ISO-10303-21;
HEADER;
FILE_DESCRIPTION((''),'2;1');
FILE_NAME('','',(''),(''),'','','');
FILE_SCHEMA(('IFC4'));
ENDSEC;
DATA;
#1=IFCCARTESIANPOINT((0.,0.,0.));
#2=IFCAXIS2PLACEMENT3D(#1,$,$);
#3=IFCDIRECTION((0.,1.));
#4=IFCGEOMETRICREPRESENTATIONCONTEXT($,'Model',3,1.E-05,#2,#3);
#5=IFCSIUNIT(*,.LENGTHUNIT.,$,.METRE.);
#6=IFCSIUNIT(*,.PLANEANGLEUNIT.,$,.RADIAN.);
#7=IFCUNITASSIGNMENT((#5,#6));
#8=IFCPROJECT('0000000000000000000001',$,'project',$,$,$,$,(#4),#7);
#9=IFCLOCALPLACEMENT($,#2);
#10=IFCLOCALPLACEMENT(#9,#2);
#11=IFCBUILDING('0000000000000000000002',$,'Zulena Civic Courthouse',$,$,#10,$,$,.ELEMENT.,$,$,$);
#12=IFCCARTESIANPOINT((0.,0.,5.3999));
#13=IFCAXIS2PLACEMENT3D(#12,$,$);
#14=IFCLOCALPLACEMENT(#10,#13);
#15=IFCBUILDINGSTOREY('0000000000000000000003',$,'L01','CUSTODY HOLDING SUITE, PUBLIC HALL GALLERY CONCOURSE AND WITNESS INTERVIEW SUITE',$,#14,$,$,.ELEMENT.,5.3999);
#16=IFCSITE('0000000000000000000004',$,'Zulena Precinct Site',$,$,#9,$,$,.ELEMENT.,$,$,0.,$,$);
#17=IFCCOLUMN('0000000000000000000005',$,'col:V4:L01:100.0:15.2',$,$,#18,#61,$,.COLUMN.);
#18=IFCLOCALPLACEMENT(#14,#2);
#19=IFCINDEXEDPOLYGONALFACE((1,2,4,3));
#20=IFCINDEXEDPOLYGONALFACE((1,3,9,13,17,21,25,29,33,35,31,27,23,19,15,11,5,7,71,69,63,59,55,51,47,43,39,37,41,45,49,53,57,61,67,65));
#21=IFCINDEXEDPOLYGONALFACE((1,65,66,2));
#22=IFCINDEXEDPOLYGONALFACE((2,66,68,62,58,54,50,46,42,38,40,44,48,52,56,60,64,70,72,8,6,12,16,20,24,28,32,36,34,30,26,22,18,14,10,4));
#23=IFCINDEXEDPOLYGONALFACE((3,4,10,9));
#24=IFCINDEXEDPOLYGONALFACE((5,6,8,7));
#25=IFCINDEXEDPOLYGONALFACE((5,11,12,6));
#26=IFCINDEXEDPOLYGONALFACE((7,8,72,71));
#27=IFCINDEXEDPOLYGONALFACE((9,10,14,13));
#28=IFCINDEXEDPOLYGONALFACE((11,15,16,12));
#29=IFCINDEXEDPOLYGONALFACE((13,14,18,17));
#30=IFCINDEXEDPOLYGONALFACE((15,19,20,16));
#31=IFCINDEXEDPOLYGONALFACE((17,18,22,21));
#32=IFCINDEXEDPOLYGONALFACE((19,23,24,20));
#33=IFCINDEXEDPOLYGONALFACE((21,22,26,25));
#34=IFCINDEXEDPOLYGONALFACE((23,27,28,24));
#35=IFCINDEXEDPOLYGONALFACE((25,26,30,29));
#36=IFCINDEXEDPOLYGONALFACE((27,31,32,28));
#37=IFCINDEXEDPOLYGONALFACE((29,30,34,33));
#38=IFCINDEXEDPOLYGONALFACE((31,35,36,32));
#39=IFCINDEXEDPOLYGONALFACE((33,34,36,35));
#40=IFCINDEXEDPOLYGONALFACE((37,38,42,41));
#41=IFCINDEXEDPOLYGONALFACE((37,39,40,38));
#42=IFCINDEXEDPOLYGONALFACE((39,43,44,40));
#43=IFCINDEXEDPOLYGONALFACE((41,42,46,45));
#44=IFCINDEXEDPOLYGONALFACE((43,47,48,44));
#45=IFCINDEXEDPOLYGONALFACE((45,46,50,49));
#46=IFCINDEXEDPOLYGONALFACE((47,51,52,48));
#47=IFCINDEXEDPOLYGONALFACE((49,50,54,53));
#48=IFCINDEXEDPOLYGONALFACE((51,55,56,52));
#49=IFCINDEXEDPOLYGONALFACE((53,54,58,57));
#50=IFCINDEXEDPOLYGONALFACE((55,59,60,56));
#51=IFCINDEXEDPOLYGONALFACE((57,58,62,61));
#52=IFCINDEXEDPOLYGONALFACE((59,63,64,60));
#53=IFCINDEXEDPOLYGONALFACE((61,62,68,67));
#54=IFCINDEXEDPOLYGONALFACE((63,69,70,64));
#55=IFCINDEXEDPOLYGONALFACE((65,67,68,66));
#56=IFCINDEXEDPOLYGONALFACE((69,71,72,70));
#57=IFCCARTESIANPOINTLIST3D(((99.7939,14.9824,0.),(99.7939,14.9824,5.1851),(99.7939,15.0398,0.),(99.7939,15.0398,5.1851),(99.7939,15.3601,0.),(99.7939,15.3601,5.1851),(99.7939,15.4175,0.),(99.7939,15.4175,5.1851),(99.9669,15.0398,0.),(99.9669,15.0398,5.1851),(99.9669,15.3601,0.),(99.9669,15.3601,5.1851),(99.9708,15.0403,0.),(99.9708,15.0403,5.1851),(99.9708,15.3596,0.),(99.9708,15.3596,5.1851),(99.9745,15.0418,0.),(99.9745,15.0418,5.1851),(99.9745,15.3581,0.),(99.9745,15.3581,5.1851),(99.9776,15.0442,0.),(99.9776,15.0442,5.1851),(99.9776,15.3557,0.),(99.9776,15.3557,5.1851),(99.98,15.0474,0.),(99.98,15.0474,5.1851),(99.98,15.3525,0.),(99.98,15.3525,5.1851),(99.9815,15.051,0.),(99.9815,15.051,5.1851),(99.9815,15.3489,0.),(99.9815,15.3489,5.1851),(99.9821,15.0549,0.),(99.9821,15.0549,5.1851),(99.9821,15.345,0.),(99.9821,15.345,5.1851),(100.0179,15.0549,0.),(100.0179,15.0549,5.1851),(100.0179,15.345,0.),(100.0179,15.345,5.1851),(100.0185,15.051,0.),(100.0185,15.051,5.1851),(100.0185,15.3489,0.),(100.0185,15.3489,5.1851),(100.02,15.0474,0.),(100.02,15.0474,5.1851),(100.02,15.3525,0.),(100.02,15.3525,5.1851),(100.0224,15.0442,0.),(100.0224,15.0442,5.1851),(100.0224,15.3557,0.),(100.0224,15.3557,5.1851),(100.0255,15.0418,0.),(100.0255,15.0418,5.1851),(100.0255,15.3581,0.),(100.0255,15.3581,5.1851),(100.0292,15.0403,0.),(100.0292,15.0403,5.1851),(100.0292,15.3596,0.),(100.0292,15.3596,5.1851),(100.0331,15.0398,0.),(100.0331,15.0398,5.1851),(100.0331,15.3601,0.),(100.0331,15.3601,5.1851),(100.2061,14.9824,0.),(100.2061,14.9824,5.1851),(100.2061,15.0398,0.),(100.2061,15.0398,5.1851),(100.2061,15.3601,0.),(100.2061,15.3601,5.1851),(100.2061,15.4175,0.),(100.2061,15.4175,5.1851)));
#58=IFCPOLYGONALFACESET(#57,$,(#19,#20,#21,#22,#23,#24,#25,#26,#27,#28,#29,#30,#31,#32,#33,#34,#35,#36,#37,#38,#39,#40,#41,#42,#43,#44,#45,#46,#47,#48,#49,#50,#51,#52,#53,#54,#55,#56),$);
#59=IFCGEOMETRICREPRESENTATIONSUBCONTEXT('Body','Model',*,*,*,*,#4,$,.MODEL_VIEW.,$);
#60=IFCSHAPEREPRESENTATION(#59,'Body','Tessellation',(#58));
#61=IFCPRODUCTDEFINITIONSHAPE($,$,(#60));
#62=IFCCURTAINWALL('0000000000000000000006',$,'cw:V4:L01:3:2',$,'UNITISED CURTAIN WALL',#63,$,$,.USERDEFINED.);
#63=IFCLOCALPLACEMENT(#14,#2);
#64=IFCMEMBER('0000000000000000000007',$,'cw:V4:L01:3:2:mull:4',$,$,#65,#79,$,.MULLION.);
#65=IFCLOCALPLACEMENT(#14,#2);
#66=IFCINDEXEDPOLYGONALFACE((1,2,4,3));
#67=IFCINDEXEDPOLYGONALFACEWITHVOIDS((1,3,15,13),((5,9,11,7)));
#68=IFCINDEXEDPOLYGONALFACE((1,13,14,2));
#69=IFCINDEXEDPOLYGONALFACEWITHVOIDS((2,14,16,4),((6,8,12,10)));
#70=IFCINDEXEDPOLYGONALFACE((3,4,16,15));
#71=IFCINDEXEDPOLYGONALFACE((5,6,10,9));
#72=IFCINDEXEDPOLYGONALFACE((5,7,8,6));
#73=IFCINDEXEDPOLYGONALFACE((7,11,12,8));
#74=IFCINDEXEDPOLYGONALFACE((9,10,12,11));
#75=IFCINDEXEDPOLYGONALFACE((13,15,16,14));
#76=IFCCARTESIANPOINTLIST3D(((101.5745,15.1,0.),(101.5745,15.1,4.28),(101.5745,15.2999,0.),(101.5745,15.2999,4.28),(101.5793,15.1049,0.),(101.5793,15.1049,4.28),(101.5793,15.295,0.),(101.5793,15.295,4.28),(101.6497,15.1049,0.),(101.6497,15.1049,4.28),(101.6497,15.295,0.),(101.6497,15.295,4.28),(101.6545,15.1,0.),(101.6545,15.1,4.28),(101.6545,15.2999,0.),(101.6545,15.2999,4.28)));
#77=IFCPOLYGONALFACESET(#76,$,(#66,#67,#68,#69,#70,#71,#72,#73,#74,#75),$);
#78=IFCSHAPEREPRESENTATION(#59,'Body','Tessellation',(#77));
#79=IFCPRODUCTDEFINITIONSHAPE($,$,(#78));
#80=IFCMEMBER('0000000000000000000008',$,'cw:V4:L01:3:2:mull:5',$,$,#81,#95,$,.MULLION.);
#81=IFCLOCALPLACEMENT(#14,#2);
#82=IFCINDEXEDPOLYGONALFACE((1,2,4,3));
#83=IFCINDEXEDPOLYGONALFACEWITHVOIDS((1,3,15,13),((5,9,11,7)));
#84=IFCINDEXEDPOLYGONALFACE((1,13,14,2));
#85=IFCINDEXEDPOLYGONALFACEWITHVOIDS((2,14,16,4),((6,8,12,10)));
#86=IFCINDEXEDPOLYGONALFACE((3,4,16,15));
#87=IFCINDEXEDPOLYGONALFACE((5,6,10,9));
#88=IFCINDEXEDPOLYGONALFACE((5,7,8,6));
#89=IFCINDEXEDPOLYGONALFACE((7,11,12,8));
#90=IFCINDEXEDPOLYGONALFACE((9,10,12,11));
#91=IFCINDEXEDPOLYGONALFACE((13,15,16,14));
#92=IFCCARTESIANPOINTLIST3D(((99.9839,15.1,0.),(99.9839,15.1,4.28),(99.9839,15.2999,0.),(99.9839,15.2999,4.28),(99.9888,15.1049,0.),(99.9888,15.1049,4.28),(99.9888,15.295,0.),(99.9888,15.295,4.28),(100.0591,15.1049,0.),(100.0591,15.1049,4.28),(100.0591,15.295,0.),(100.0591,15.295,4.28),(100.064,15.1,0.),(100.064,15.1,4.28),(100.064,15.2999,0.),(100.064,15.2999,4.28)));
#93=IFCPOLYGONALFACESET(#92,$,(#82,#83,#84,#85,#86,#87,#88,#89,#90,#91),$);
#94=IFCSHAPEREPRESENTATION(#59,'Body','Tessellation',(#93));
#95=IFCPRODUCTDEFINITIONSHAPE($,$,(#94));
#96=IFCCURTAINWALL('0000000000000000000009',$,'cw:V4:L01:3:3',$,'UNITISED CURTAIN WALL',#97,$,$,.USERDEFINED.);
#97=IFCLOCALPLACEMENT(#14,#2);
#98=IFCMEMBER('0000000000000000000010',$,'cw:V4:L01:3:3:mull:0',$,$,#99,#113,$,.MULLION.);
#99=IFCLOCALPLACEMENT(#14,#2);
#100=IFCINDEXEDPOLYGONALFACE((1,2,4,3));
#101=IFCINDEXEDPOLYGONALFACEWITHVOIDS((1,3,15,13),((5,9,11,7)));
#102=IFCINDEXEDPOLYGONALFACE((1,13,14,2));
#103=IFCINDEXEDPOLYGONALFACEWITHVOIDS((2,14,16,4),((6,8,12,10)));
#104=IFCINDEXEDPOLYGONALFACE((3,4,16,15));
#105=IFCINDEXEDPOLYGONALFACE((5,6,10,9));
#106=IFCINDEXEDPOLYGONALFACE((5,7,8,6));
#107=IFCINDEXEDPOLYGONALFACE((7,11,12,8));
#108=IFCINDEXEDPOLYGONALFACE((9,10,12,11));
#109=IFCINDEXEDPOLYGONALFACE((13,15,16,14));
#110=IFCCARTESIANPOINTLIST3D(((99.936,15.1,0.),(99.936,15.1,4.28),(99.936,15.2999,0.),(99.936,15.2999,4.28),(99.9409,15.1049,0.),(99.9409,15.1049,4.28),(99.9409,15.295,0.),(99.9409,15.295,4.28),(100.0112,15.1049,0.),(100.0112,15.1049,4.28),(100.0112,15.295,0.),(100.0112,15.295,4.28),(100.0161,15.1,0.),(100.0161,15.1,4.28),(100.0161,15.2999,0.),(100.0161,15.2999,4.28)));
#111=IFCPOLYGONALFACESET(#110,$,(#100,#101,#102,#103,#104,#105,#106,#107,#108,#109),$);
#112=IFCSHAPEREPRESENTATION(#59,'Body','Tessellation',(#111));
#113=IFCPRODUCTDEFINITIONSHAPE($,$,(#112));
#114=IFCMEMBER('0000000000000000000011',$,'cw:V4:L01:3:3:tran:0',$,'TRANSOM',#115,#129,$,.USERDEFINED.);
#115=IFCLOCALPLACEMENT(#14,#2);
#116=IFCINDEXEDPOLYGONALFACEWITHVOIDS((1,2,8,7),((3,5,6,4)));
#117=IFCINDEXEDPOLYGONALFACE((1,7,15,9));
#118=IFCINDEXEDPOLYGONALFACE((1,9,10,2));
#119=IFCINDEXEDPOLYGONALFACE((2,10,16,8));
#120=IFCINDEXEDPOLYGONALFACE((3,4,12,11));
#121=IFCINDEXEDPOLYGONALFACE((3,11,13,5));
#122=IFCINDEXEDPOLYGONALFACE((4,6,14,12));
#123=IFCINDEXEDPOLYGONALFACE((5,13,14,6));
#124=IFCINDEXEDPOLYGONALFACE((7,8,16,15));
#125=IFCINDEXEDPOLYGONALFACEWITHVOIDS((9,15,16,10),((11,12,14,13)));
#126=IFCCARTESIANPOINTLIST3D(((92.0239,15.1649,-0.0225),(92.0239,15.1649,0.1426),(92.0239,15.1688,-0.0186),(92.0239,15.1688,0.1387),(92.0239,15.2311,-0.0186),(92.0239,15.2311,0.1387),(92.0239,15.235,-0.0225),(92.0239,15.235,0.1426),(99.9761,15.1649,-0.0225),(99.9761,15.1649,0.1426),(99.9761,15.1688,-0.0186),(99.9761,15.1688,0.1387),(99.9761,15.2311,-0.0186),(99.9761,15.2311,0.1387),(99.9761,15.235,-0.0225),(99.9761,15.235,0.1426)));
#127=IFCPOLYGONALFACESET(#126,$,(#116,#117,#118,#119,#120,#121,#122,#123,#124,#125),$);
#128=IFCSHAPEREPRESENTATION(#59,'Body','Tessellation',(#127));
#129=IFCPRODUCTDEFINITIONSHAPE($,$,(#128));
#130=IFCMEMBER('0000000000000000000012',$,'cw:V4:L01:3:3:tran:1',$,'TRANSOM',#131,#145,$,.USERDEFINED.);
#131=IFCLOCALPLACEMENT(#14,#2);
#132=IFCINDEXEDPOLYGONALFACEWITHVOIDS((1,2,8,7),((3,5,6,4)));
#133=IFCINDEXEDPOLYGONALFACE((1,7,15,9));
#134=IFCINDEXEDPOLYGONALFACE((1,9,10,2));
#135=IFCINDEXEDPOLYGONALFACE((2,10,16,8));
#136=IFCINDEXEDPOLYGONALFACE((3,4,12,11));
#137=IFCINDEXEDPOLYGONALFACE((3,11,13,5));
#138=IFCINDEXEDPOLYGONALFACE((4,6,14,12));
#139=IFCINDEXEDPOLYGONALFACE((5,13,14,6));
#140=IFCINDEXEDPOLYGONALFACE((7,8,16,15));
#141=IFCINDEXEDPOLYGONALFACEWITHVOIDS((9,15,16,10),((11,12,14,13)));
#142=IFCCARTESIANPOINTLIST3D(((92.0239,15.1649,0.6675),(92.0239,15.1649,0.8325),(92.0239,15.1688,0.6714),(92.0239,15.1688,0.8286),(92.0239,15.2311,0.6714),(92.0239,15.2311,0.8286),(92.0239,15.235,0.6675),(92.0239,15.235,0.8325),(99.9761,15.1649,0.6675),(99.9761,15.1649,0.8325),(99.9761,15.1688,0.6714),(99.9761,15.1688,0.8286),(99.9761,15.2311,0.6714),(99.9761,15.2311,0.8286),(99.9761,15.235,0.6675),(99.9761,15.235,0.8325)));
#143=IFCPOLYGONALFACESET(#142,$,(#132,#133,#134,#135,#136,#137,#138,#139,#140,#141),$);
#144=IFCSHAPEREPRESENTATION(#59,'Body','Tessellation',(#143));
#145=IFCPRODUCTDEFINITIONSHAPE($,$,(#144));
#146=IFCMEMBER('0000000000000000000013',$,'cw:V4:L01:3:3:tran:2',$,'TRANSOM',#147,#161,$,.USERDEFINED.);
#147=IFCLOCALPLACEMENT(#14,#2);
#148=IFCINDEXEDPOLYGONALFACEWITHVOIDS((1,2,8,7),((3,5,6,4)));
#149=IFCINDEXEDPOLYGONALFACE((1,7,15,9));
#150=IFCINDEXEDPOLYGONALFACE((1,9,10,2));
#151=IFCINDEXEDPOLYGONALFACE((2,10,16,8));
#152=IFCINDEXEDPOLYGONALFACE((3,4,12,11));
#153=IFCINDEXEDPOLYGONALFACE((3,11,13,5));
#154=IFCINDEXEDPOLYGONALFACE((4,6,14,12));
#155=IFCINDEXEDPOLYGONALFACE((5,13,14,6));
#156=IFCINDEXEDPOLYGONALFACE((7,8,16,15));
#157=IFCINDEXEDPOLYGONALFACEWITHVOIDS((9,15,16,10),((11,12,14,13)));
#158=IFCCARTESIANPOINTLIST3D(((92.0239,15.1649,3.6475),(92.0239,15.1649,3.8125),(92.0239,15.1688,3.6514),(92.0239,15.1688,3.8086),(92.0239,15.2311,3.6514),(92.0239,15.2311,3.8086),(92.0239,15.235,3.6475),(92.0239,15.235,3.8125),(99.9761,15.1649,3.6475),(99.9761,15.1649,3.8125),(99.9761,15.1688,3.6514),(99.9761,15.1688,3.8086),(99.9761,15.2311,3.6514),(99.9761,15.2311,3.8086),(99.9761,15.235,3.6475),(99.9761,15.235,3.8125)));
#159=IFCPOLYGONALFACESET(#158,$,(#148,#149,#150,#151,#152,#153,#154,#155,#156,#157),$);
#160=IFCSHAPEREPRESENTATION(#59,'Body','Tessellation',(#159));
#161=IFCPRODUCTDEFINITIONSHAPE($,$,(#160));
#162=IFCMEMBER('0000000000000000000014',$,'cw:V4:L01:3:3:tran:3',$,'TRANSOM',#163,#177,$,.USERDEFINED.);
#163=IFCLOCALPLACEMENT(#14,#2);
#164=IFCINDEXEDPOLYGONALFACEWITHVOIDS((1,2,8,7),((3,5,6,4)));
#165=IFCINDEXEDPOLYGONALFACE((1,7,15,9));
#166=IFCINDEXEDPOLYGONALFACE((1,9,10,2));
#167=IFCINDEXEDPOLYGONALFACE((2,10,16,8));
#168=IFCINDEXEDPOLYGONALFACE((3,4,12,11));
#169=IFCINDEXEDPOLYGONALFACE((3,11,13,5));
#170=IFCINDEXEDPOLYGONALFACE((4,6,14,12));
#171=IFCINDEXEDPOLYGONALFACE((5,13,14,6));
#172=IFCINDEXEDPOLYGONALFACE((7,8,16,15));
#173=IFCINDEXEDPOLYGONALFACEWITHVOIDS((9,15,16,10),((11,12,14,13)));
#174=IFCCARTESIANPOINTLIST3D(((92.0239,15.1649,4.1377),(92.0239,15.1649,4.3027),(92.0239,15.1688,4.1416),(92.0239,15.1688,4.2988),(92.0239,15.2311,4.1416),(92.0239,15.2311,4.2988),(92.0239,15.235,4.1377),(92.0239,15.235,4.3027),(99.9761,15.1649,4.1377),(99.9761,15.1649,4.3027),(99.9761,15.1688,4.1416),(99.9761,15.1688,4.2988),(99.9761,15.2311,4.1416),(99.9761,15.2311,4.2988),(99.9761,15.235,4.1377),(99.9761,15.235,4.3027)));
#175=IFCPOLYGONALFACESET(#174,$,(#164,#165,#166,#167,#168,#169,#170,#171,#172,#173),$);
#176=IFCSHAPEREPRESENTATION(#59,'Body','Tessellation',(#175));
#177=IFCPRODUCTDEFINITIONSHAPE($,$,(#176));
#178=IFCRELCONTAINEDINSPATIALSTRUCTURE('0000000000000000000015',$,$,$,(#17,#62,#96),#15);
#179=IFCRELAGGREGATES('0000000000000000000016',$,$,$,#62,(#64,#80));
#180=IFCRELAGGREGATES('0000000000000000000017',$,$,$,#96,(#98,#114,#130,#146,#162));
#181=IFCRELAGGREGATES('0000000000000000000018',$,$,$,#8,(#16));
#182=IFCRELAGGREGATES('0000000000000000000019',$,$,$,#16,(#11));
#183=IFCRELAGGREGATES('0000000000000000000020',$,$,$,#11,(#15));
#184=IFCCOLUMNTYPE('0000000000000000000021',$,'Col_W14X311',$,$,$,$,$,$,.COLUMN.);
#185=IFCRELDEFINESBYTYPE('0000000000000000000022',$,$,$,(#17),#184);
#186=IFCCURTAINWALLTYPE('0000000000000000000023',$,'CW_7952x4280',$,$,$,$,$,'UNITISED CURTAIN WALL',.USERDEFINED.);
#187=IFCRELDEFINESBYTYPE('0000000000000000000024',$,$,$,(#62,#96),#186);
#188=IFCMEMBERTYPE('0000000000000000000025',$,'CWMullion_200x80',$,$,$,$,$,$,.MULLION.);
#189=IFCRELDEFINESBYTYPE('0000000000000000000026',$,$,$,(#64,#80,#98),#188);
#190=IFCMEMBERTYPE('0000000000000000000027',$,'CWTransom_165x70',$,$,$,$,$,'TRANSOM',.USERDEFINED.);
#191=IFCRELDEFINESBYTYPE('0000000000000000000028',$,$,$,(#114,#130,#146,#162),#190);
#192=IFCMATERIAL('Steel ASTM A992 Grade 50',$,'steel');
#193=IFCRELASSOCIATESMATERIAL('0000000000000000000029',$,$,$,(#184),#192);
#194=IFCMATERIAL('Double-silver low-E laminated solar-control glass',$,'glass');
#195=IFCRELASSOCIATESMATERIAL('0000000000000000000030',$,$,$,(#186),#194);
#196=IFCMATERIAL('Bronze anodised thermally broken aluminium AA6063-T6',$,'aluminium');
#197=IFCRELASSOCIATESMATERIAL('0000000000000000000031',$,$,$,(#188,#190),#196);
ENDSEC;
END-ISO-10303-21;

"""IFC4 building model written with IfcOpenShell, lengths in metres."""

from ifc_helpers import new_model, si_unit, direction, frame, origin, origin_2d, place, context, subcontext, project, spatial, hollow_rectangle, i_section, extrude, material, material_profile, profile_set, type_object, element, aggregate, save


model = new_model("IFC4")

# Units and contexts
model_context = context("Model", 3, precision=1e-05, world=origin(), true_north=direction((0.0, 1.0)))
body_context = subcontext(model_context, "Body", "Model", "MODEL_VIEW")
ifc_project = project(units=[si_unit("LENGTHUNIT", "METRE"), si_unit("PLANEANGLEUNIT", "RADIAN")], contexts=[model_context])

# Site, building, storey
site_placement = place(None, origin())
site = spatial("IfcSite", under=ifc_project, at=site_placement, Name="Zulena Precinct Site", CompositionType="ELEMENT", RefElevation=0.0)
building_placement = place(site_placement, origin())
building = spatial("IfcBuilding", under=site, at=building_placement, Name="Zulena Civic Courthouse", CompositionType="ELEMENT")
storey_placement = place(building_placement, frame((0.0, 0.0, 5.3999)))
storey = spatial("IfcBuildingStorey", under=building, at=storey_placement, Name="L01", Description="CUSTODY HOLDING SUITE, PUBLIC HALL GALLERY CONCOURSE AND WITNESS INTERVIEW SUITE", CompositionType="ELEMENT", Elevation=5.3999)

# Column
ifc_material_1 = material(Name="Steel ASTM A992 Grade 50", Category="steel")
ifc_material_profile_1 = material_profile(ifc_material_1, i_section(OverallWidth=0.4121, OverallDepth=0.4351, WebThickness=0.0359, FlangeThickness=0.0574, FilletRadius=0.0151, at=origin_2d()), Name="W14X311")
ifc_profile_set_1 = profile_set([ifc_material_profile_1], Name="Steel ASTM A992 Grade 50")
column_type = type_object("IfcColumnType", Name="Col_W14X311", PredefinedType="COLUMN", material=ifc_profile_set_1)
column_placement = place(storey_placement, frame((100.0, 15.2, 0.0), z_axis=(0.0, 0.0, 1.0), x_axis=(1.0, 0.0, 0.0)))
element("IfcColumn", 1, at=column_placement, inside=storey, type_object=column_type, Name="col:V4:L01:100.0:15.2", PredefinedType="COLUMN", context=body_context, shape_type="SweptSolid", body=[
    extrude(i_section(OverallWidth=0.4121, OverallDepth=0.4351, WebThickness=0.0359, FlangeThickness=0.0574, FilletRadius=0.0151, at=origin_2d()), origin(), (0.0, 0.0, 1.0), 5.1851),
])

# Curtain walls, members
ifc_material_2 = material(Name="Double-silver low-E laminated solar-control glass", Category="glass")
curtain_wall_type = type_object("IfcCurtainWallType", Name="CW_7952x4280", ElementType="UNITISED CURTAIN WALL", PredefinedType="USERDEFINED", material=ifc_material_2)
curtain_wall_1_placement = place(storey_placement, origin())
curtain_wall_1 = element("IfcCurtainWall", 2, at=curtain_wall_1_placement, inside=storey, type_object=curtain_wall_type, Name="cw:V4:L01:3:2", ObjectType="UNITISED CURTAIN WALL", PredefinedType="USERDEFINED")
ifc_material_3 = material(Name="Bronze anodised thermally broken aluminium AA6063-T6", Category="aluminium")
ifc_material_profile_2 = material_profile(ifc_material_3, hollow_rectangle(XDim=0.0801, YDim=0.2, WallThickness=0.0049, at=origin_2d()), Name="CWM200X80X5")
ifc_profile_set_2 = profile_set([ifc_material_profile_2], Name="Bronze anodised thermally broken aluminium AA6063-T6")
member_type_1 = type_object("IfcMemberType", Name="CWMullion_200x80", PredefinedType="MULLION", material=ifc_profile_set_2)
member_1_placement = place(storey_placement, frame((101.6145, 15.2, 0.0), z_axis=(0.0, 0.0, 1.0), x_axis=(1.0, 0.0, 0.0)))
member_1 = element("IfcMember", 3, at=member_1_placement, type_object=member_type_1, Name="cw:V4:L01:3:2:mull:4", PredefinedType="MULLION", context=body_context, shape_type="SweptSolid", body=[
    extrude(hollow_rectangle(XDim=0.0801, YDim=0.2, WallThickness=0.0049, at=origin_2d()), origin(), (0.0, 0.0, 1.0), 4.28),
])
member_2_placement = place(storey_placement, frame((100.0239, 15.2, 0.0), z_axis=(0.0, 0.0, 1.0), x_axis=(1.0, 0.0, 0.0)))
member_2 = element("IfcMember", 4, at=member_2_placement, type_object=member_type_1, Name="cw:V4:L01:3:2:mull:5", PredefinedType="MULLION", context=body_context, shape_type="SweptSolid", body=[
    extrude(hollow_rectangle(XDim=0.0801, YDim=0.2, WallThickness=0.0049, at=origin_2d()), origin(), (0.0, 0.0, 1.0), 4.28),
])
curtain_wall_2_placement = place(storey_placement, origin())
curtain_wall_2 = element("IfcCurtainWall", 5, at=curtain_wall_2_placement, inside=storey, type_object=curtain_wall_type, Name="cw:V4:L01:3:3", ObjectType="UNITISED CURTAIN WALL", PredefinedType="USERDEFINED")
member_3_placement = place(storey_placement, frame((99.9761, 15.2, 0.0), z_axis=(0.0, 0.0, 1.0), x_axis=(1.0, 0.0, 0.0)))
member_3 = element("IfcMember", 6, at=member_3_placement, type_object=member_type_1, Name="cw:V4:L01:3:3:mull:0", PredefinedType="MULLION", context=body_context, shape_type="SweptSolid", body=[
    extrude(hollow_rectangle(XDim=0.0801, YDim=0.2, WallThickness=0.0049, at=origin_2d()), origin(), (0.0, 0.0, 1.0), 4.28),
])
ifc_material_profile_3 = material_profile(ifc_material_3, hollow_rectangle(XDim=0.0701, YDim=0.165, WallThickness=0.0039, at=origin_2d()), Name="CWT165X70X4")
ifc_profile_set_3 = profile_set([ifc_material_profile_3], Name="Bronze anodised thermally broken aluminium AA6063-T6")
member_type_2 = type_object("IfcMemberType", Name="CWTransom_165x70", ElementType="TRANSOM", PredefinedType="USERDEFINED", material=ifc_profile_set_3)
member_4_placement = place(storey_placement, frame((99.9761, 15.2, 0.0601), z_axis=(-1.0, 0.0, 0.0), x_axis=(0.0, -1.0, 0.0)))
member_4 = element("IfcMember", 7, at=member_4_placement, type_object=member_type_2, Name="cw:V4:L01:3:3:tran:0", ObjectType="TRANSOM", PredefinedType="USERDEFINED", context=body_context, shape_type="SweptSolid", body=[
    extrude(hollow_rectangle(XDim=0.0701, YDim=0.165, WallThickness=0.0039, at=origin_2d()), origin(), (0.0, 0.0, 1.0), 7.9521),
])
member_5_placement = place(storey_placement, frame((99.9761, 15.2, 0.75), z_axis=(-1.0, 0.0, 0.0), x_axis=(0.0, -1.0, 0.0)))
member_5 = element("IfcMember", 8, at=member_5_placement, type_object=member_type_2, Name="cw:V4:L01:3:3:tran:1", ObjectType="TRANSOM", PredefinedType="USERDEFINED", context=body_context, shape_type="SweptSolid", body=[
    extrude(hollow_rectangle(XDim=0.0701, YDim=0.165, WallThickness=0.0039, at=origin_2d()), origin(), (0.0, 0.0, 1.0), 7.9521),
])
member_6_placement = place(storey_placement, frame((99.9761, 15.2, 3.73), z_axis=(-1.0, 0.0, 0.0), x_axis=(0.0, -1.0, 0.0)))
member_6 = element("IfcMember", 9, at=member_6_placement, type_object=member_type_2, Name="cw:V4:L01:3:3:tran:2", ObjectType="TRANSOM", PredefinedType="USERDEFINED", context=body_context, shape_type="SweptSolid", body=[
    extrude(hollow_rectangle(XDim=0.0701, YDim=0.165, WallThickness=0.0039, at=origin_2d()), origin(), (0.0, 0.0, 1.0), 7.9521),
])
member_7_placement = place(storey_placement, frame((99.9761, 15.2, 4.2202), z_axis=(-1.0, 0.0, 0.0), x_axis=(0.0, -1.0, 0.0)))
member_7 = element("IfcMember", 10, at=member_7_placement, type_object=member_type_2, Name="cw:V4:L01:3:3:tran:3", ObjectType="TRANSOM", PredefinedType="USERDEFINED", context=body_context, shape_type="SweptSolid", body=[
    extrude(hollow_rectangle(XDim=0.0701, YDim=0.165, WallThickness=0.0039, at=origin_2d()), origin(), (0.0, 0.0, 1.0), 7.9521),
])

aggregate(curtain_wall_1, [member_1, member_2])
aggregate(curtain_wall_2, [member_3, member_4, member_5, member_6, member_7])

save(model, "model.ifc")
